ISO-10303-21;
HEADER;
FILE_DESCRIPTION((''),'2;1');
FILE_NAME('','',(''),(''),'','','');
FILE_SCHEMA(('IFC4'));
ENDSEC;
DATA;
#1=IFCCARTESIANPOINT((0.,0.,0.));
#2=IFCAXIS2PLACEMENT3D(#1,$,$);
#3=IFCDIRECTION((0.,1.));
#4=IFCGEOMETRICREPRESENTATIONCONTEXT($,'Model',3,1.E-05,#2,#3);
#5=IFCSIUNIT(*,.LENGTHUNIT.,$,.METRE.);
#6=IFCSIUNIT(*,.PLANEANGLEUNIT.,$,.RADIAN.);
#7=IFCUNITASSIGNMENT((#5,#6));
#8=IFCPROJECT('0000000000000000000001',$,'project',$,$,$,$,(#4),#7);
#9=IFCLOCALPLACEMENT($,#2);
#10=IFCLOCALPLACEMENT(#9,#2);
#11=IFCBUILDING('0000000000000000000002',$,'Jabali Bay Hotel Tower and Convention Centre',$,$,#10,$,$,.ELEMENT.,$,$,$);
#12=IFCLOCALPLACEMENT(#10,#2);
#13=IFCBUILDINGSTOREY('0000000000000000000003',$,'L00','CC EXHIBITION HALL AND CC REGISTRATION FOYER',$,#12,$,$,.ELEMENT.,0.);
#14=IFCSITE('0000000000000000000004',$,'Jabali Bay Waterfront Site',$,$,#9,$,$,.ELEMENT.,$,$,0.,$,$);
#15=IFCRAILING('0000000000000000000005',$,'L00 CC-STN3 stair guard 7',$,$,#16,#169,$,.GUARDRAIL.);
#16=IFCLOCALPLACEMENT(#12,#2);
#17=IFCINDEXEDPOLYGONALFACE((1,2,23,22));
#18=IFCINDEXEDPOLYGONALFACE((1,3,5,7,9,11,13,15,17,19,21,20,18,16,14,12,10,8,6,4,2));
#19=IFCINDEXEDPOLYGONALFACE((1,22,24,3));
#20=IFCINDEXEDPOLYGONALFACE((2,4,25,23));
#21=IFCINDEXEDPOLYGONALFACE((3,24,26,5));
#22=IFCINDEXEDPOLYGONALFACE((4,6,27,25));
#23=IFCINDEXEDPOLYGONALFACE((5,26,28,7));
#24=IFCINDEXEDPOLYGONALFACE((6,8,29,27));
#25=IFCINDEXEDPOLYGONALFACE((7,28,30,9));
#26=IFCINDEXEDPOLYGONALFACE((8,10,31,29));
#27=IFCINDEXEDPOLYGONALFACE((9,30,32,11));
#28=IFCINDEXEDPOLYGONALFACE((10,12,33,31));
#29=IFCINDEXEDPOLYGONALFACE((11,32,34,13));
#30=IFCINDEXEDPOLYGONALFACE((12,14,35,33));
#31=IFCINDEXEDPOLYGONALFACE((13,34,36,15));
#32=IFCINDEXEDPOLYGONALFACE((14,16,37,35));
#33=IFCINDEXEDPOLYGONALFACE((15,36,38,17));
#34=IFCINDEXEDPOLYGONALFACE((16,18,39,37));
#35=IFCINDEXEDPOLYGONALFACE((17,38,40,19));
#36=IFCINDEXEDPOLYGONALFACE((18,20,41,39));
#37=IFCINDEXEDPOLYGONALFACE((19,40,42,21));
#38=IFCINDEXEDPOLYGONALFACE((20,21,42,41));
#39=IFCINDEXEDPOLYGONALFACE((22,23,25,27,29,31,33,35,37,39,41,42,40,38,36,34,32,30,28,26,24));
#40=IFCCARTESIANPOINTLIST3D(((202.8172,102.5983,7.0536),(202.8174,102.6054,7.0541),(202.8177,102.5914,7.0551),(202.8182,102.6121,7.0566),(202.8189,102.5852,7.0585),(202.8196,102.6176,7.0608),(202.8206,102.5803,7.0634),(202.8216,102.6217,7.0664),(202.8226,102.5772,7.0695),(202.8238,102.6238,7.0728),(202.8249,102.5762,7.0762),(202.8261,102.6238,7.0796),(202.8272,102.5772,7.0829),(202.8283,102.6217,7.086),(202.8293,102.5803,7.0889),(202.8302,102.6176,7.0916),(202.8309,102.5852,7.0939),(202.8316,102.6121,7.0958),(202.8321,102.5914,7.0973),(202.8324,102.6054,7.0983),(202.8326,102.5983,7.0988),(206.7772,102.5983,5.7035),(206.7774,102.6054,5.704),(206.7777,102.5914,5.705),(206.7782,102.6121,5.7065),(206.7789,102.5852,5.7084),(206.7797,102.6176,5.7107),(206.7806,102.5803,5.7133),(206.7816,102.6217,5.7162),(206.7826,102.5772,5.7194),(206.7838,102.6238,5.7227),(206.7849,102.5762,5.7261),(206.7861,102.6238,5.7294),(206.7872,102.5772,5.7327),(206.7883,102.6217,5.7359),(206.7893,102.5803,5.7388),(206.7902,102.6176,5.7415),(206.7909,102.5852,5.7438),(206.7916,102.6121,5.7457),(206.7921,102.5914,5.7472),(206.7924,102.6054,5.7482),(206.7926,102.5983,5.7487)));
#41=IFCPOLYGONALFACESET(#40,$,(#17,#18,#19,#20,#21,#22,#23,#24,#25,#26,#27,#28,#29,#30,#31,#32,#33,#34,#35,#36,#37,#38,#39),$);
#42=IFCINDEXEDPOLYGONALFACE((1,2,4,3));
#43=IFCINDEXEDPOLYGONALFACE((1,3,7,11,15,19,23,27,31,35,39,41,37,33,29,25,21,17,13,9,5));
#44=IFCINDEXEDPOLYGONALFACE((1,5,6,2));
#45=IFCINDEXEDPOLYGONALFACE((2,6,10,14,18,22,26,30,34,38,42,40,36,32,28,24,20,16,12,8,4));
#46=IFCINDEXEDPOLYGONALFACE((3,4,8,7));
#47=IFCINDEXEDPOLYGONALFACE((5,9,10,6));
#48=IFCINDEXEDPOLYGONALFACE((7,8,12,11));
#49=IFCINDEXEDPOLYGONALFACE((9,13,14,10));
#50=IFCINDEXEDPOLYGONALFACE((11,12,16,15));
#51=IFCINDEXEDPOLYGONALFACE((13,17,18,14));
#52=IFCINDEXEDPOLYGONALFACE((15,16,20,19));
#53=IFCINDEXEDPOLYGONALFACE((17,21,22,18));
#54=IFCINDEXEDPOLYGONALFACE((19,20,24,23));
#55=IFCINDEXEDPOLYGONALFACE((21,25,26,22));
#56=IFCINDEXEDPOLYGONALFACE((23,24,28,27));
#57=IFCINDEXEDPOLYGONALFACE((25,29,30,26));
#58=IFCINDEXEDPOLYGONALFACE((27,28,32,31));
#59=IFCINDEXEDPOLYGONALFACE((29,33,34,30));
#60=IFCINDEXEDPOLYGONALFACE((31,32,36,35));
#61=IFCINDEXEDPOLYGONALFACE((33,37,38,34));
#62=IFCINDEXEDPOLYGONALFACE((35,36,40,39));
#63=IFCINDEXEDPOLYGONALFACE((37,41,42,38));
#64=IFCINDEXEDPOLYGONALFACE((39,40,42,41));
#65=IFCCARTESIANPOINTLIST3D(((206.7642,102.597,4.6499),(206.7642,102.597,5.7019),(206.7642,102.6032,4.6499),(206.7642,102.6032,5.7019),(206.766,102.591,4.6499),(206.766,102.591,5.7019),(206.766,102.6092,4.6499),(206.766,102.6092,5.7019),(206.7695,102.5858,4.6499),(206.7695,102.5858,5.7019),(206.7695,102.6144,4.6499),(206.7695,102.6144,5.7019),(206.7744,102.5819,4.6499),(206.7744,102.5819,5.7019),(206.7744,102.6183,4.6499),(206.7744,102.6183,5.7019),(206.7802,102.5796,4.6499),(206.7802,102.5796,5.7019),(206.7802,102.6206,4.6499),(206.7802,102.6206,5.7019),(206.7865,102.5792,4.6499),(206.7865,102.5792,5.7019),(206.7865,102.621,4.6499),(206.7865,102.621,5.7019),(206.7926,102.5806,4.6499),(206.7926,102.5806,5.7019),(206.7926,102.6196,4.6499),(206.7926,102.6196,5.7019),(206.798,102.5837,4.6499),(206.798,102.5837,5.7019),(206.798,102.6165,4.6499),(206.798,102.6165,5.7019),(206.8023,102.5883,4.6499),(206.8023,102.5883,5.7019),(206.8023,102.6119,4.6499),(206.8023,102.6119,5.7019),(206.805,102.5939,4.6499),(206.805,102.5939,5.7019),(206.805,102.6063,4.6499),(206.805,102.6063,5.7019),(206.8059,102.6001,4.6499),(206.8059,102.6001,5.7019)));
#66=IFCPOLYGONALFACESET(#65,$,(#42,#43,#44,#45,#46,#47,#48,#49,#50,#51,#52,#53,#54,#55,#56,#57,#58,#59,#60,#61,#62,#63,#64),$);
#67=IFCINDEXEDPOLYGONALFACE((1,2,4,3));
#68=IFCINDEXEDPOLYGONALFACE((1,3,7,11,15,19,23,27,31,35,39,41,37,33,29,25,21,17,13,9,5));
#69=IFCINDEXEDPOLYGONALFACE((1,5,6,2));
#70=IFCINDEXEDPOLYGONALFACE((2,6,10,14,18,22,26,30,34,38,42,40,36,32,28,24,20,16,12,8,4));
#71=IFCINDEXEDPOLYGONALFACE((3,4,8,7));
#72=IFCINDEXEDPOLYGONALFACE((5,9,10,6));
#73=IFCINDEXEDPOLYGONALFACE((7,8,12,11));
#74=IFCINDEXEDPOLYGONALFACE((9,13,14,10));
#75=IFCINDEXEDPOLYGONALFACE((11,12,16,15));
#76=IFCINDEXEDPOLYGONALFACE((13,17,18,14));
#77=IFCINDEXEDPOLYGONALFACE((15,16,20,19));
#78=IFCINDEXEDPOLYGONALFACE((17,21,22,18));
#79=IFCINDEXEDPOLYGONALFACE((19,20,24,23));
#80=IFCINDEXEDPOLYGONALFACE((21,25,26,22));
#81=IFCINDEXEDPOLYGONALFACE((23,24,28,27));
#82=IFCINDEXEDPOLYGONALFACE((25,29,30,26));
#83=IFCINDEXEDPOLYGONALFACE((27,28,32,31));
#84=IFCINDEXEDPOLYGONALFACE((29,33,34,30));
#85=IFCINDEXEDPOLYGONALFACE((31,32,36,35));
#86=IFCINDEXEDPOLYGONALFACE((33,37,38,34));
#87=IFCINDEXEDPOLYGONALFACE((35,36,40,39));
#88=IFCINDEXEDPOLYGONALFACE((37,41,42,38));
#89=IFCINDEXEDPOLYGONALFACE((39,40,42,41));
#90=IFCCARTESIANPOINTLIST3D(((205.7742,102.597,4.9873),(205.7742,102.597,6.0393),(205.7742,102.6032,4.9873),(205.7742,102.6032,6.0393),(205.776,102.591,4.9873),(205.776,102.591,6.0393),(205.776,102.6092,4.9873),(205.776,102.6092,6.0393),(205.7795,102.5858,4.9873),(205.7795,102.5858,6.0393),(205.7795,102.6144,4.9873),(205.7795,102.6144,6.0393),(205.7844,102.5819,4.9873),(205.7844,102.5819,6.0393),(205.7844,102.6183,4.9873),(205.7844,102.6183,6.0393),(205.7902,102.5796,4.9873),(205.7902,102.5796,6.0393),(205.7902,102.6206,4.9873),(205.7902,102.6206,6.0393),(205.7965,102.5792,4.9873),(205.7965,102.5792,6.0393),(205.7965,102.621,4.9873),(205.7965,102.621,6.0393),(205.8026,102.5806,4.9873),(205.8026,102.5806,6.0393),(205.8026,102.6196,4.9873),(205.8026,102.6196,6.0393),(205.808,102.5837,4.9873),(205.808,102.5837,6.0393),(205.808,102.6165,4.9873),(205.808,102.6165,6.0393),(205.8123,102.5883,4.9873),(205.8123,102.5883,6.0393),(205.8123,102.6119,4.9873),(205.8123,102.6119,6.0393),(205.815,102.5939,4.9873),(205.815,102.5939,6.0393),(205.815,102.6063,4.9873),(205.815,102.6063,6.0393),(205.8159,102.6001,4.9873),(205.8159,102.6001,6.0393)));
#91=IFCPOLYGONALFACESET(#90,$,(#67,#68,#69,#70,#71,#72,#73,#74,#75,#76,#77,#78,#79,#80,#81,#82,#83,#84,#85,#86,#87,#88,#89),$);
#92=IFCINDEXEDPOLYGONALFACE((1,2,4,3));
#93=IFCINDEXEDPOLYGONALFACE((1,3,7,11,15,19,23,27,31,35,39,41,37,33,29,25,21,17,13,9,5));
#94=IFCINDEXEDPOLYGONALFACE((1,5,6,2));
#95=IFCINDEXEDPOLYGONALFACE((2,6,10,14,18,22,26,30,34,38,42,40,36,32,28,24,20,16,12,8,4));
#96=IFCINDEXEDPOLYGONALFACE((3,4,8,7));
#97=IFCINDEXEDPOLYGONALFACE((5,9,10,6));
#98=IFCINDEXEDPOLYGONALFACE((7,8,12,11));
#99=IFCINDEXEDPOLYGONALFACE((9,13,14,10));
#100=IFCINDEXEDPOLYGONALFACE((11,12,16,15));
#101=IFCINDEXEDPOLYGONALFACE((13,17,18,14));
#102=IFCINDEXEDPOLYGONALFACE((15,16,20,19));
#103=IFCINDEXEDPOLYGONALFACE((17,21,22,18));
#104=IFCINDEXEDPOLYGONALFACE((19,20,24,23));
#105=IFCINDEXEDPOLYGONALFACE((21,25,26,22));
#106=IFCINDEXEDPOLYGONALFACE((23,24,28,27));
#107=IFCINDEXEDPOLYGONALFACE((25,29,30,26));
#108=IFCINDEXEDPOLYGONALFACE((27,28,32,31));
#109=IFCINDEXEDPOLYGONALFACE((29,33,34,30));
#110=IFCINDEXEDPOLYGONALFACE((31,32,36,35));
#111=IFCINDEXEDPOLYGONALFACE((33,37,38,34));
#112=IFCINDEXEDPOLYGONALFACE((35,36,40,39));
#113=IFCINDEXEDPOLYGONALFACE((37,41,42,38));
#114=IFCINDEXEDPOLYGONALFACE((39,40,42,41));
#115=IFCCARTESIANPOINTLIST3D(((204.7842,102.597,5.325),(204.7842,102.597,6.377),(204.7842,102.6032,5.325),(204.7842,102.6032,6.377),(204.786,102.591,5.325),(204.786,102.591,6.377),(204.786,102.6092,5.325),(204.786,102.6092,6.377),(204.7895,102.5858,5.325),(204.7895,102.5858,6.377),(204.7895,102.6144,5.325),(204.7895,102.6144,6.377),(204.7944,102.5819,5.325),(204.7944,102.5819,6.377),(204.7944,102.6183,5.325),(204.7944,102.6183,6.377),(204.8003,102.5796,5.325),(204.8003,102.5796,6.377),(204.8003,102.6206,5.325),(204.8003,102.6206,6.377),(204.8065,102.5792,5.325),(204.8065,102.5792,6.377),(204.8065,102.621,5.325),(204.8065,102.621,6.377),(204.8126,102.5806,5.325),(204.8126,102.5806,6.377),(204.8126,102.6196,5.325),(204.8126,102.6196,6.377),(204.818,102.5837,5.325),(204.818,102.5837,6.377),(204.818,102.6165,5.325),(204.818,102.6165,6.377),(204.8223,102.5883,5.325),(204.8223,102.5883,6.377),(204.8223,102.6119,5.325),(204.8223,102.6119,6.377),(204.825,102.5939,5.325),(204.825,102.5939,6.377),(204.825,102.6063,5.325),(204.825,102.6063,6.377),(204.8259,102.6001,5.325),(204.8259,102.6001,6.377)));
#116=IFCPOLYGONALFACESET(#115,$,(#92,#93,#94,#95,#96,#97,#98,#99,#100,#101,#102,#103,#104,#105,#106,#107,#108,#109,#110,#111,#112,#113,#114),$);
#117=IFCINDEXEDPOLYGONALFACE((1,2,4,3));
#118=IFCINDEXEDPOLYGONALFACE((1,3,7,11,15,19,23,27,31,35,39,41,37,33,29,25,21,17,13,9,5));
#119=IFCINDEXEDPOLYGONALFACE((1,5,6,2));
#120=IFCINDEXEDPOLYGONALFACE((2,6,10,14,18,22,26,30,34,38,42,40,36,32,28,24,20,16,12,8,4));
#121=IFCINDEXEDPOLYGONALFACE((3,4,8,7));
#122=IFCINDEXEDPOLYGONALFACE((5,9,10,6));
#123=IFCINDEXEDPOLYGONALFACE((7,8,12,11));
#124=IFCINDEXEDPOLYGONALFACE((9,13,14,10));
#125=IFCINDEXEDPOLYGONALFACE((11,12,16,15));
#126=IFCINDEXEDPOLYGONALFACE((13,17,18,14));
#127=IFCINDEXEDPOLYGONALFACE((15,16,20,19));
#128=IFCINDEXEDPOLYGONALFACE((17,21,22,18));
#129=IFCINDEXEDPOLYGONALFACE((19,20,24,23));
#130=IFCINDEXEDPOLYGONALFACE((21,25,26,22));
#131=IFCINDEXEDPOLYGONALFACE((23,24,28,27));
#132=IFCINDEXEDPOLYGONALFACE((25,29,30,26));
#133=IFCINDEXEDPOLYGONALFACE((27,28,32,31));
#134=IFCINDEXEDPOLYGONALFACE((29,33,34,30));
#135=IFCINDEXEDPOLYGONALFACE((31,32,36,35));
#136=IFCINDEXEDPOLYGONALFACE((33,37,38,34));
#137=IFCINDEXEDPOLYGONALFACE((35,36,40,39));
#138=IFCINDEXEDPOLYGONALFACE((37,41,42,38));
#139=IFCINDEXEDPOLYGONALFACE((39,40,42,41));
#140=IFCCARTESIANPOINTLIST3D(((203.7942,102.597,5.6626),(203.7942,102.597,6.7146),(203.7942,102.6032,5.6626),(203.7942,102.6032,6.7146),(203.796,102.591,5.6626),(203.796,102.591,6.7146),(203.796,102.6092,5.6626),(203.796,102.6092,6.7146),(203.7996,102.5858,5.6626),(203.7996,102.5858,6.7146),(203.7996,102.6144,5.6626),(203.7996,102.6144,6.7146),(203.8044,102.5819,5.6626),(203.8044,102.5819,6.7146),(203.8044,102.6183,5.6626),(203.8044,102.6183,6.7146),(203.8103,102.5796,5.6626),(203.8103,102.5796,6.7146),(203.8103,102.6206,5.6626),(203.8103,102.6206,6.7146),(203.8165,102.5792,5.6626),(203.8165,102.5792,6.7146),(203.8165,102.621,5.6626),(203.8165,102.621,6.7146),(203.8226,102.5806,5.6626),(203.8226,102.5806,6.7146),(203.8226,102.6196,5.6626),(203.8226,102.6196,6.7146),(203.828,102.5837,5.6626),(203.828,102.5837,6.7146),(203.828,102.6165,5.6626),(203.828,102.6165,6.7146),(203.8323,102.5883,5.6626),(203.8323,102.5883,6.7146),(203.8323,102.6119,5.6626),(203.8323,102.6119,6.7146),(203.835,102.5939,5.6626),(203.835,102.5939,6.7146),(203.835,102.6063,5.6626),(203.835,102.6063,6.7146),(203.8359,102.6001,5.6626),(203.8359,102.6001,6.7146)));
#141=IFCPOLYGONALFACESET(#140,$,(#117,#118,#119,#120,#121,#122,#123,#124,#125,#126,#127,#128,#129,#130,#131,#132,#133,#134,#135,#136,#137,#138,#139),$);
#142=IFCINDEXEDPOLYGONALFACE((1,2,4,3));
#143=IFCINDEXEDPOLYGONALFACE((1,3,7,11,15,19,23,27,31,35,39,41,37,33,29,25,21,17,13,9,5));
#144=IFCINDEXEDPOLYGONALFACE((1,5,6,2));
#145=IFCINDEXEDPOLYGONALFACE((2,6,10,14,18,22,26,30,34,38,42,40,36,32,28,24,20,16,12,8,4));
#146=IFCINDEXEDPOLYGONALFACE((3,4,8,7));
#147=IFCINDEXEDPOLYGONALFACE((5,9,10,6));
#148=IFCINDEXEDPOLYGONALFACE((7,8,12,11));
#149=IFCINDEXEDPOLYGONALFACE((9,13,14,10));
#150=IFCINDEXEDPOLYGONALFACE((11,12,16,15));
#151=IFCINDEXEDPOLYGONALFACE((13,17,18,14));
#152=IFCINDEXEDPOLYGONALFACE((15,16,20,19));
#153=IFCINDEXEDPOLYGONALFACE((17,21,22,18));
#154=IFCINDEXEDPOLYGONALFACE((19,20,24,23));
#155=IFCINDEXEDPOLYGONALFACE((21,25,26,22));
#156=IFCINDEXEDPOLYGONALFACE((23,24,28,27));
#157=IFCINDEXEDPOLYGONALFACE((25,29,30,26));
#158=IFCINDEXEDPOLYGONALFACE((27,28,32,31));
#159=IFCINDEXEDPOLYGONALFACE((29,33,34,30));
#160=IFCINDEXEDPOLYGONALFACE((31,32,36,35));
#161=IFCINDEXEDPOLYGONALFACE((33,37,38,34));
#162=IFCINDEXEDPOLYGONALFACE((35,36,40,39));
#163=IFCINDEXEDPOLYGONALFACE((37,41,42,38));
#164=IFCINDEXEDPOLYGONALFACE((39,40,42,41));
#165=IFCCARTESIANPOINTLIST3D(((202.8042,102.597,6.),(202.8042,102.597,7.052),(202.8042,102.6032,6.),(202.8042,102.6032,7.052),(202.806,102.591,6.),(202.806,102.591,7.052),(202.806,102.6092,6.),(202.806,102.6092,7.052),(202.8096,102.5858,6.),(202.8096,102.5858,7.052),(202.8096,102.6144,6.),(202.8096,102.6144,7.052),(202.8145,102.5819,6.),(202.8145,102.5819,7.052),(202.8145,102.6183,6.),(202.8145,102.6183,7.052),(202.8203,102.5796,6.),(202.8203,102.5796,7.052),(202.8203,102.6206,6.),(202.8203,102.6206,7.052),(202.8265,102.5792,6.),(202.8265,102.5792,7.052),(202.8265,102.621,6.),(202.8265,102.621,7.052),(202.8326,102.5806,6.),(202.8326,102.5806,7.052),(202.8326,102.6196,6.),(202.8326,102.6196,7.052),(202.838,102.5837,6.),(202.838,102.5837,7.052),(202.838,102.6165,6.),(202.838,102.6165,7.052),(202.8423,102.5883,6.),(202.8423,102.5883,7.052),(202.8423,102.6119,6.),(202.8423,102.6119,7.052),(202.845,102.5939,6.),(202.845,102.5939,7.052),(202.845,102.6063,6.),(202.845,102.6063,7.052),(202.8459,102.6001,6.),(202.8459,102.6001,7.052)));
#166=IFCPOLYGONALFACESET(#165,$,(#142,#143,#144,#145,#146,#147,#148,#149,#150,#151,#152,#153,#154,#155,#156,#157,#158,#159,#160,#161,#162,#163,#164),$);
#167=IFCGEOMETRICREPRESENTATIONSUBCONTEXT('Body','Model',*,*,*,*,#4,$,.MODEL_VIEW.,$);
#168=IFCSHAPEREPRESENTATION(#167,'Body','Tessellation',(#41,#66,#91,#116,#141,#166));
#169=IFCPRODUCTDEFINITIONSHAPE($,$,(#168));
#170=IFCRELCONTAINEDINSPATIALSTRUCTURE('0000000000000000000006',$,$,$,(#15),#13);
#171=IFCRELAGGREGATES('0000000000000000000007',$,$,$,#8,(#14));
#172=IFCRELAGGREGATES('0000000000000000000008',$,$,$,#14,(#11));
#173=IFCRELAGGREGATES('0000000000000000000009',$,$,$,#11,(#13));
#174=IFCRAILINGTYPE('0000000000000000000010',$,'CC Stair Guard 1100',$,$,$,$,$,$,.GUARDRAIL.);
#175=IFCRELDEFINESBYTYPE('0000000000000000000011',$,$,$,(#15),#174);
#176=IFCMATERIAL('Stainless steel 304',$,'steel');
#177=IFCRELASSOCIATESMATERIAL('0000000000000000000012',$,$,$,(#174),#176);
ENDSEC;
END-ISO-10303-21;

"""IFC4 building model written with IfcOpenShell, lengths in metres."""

from ifc_helpers import new_model, si_unit, direction, frame, origin, origin_2d, place, context, subcontext, project, spatial, circle, extrude, material, type_object, element, save


model = new_model("IFC4")

# Units and contexts
model_context = context("Model", 3, precision=1e-05, world=origin(), true_north=direction((0.0, 1.0)))
body_context = subcontext(model_context, "Body", "Model", "MODEL_VIEW")
ifc_project = project(units=[si_unit("LENGTHUNIT", "METRE"), si_unit("PLANEANGLEUNIT", "RADIAN")], contexts=[model_context])

# Site, building, storey
site_placement = place(None, origin())
site = spatial("IfcSite", under=ifc_project, at=site_placement, Name="Jabali Bay Waterfront Site", CompositionType="ELEMENT", RefElevation=0.0)
building_placement = place(site_placement, origin())
building = spatial("IfcBuilding", under=site, at=building_placement, Name="Jabali Bay Hotel Tower and Convention Centre", CompositionType="ELEMENT")
storey_placement = place(building_placement, origin())
storey = spatial("IfcBuildingStorey", under=building, at=storey_placement, Name="L00", Description="CC EXHIBITION HALL AND CC REGISTRATION FOYER", CompositionType="ELEMENT", Elevation=0.0)

# Railing
ifc_material_1 = material(Name="Stainless steel 304", Category="steel")
railing_type_1 = type_object("IfcRailingType", Name="CC Stair Guard 1100", PredefinedType="GUARDRAIL", material=ifc_material_1)
railing_1_placement = place(storey_placement, frame((206.7849, 102.6001, 4.6499)))
element("IfcRailing", 1, at=railing_1_placement, inside=storey, type_object=railing_type_1, Name="L00 CC-STN3 stair guard 7", PredefinedType="GUARDRAIL", context=body_context, shape_type="SweptSolid", body=[
    extrude(circle(Radius=0.0239, at=origin_2d()), frame((0.0, 0.0, 1.0762), z_axis=(-0.946502, 0.0, 0.322698), x_axis=(0.0, -1.0, 0.0)), (0.0, 0.0, 1.0), 4.1838),
    extrude(circle(Radius=0.021, at=origin_2d()), origin(), (0.0, 0.0, 1.0), 1.052),
    extrude(circle(Radius=0.021, at=origin_2d()), frame((-0.99, 0.0, 0.3374)), (0.0, 0.0, 1.0), 1.052),
    extrude(circle(Radius=0.021, at=origin_2d()), frame((-1.98, 0.0, 0.675)), (0.0, 0.0, 1.0), 1.052),
    extrude(circle(Radius=0.021, at=origin_2d()), frame((-2.97, 0.0, 1.0127)), (0.0, 0.0, 1.0), 1.052),
    extrude(circle(Radius=0.021, at=origin_2d()), frame((-3.96, 0.0, 1.3501)), (0.0, 0.0, 1.0), 1.052),
])

save(model, "model.ifc")
